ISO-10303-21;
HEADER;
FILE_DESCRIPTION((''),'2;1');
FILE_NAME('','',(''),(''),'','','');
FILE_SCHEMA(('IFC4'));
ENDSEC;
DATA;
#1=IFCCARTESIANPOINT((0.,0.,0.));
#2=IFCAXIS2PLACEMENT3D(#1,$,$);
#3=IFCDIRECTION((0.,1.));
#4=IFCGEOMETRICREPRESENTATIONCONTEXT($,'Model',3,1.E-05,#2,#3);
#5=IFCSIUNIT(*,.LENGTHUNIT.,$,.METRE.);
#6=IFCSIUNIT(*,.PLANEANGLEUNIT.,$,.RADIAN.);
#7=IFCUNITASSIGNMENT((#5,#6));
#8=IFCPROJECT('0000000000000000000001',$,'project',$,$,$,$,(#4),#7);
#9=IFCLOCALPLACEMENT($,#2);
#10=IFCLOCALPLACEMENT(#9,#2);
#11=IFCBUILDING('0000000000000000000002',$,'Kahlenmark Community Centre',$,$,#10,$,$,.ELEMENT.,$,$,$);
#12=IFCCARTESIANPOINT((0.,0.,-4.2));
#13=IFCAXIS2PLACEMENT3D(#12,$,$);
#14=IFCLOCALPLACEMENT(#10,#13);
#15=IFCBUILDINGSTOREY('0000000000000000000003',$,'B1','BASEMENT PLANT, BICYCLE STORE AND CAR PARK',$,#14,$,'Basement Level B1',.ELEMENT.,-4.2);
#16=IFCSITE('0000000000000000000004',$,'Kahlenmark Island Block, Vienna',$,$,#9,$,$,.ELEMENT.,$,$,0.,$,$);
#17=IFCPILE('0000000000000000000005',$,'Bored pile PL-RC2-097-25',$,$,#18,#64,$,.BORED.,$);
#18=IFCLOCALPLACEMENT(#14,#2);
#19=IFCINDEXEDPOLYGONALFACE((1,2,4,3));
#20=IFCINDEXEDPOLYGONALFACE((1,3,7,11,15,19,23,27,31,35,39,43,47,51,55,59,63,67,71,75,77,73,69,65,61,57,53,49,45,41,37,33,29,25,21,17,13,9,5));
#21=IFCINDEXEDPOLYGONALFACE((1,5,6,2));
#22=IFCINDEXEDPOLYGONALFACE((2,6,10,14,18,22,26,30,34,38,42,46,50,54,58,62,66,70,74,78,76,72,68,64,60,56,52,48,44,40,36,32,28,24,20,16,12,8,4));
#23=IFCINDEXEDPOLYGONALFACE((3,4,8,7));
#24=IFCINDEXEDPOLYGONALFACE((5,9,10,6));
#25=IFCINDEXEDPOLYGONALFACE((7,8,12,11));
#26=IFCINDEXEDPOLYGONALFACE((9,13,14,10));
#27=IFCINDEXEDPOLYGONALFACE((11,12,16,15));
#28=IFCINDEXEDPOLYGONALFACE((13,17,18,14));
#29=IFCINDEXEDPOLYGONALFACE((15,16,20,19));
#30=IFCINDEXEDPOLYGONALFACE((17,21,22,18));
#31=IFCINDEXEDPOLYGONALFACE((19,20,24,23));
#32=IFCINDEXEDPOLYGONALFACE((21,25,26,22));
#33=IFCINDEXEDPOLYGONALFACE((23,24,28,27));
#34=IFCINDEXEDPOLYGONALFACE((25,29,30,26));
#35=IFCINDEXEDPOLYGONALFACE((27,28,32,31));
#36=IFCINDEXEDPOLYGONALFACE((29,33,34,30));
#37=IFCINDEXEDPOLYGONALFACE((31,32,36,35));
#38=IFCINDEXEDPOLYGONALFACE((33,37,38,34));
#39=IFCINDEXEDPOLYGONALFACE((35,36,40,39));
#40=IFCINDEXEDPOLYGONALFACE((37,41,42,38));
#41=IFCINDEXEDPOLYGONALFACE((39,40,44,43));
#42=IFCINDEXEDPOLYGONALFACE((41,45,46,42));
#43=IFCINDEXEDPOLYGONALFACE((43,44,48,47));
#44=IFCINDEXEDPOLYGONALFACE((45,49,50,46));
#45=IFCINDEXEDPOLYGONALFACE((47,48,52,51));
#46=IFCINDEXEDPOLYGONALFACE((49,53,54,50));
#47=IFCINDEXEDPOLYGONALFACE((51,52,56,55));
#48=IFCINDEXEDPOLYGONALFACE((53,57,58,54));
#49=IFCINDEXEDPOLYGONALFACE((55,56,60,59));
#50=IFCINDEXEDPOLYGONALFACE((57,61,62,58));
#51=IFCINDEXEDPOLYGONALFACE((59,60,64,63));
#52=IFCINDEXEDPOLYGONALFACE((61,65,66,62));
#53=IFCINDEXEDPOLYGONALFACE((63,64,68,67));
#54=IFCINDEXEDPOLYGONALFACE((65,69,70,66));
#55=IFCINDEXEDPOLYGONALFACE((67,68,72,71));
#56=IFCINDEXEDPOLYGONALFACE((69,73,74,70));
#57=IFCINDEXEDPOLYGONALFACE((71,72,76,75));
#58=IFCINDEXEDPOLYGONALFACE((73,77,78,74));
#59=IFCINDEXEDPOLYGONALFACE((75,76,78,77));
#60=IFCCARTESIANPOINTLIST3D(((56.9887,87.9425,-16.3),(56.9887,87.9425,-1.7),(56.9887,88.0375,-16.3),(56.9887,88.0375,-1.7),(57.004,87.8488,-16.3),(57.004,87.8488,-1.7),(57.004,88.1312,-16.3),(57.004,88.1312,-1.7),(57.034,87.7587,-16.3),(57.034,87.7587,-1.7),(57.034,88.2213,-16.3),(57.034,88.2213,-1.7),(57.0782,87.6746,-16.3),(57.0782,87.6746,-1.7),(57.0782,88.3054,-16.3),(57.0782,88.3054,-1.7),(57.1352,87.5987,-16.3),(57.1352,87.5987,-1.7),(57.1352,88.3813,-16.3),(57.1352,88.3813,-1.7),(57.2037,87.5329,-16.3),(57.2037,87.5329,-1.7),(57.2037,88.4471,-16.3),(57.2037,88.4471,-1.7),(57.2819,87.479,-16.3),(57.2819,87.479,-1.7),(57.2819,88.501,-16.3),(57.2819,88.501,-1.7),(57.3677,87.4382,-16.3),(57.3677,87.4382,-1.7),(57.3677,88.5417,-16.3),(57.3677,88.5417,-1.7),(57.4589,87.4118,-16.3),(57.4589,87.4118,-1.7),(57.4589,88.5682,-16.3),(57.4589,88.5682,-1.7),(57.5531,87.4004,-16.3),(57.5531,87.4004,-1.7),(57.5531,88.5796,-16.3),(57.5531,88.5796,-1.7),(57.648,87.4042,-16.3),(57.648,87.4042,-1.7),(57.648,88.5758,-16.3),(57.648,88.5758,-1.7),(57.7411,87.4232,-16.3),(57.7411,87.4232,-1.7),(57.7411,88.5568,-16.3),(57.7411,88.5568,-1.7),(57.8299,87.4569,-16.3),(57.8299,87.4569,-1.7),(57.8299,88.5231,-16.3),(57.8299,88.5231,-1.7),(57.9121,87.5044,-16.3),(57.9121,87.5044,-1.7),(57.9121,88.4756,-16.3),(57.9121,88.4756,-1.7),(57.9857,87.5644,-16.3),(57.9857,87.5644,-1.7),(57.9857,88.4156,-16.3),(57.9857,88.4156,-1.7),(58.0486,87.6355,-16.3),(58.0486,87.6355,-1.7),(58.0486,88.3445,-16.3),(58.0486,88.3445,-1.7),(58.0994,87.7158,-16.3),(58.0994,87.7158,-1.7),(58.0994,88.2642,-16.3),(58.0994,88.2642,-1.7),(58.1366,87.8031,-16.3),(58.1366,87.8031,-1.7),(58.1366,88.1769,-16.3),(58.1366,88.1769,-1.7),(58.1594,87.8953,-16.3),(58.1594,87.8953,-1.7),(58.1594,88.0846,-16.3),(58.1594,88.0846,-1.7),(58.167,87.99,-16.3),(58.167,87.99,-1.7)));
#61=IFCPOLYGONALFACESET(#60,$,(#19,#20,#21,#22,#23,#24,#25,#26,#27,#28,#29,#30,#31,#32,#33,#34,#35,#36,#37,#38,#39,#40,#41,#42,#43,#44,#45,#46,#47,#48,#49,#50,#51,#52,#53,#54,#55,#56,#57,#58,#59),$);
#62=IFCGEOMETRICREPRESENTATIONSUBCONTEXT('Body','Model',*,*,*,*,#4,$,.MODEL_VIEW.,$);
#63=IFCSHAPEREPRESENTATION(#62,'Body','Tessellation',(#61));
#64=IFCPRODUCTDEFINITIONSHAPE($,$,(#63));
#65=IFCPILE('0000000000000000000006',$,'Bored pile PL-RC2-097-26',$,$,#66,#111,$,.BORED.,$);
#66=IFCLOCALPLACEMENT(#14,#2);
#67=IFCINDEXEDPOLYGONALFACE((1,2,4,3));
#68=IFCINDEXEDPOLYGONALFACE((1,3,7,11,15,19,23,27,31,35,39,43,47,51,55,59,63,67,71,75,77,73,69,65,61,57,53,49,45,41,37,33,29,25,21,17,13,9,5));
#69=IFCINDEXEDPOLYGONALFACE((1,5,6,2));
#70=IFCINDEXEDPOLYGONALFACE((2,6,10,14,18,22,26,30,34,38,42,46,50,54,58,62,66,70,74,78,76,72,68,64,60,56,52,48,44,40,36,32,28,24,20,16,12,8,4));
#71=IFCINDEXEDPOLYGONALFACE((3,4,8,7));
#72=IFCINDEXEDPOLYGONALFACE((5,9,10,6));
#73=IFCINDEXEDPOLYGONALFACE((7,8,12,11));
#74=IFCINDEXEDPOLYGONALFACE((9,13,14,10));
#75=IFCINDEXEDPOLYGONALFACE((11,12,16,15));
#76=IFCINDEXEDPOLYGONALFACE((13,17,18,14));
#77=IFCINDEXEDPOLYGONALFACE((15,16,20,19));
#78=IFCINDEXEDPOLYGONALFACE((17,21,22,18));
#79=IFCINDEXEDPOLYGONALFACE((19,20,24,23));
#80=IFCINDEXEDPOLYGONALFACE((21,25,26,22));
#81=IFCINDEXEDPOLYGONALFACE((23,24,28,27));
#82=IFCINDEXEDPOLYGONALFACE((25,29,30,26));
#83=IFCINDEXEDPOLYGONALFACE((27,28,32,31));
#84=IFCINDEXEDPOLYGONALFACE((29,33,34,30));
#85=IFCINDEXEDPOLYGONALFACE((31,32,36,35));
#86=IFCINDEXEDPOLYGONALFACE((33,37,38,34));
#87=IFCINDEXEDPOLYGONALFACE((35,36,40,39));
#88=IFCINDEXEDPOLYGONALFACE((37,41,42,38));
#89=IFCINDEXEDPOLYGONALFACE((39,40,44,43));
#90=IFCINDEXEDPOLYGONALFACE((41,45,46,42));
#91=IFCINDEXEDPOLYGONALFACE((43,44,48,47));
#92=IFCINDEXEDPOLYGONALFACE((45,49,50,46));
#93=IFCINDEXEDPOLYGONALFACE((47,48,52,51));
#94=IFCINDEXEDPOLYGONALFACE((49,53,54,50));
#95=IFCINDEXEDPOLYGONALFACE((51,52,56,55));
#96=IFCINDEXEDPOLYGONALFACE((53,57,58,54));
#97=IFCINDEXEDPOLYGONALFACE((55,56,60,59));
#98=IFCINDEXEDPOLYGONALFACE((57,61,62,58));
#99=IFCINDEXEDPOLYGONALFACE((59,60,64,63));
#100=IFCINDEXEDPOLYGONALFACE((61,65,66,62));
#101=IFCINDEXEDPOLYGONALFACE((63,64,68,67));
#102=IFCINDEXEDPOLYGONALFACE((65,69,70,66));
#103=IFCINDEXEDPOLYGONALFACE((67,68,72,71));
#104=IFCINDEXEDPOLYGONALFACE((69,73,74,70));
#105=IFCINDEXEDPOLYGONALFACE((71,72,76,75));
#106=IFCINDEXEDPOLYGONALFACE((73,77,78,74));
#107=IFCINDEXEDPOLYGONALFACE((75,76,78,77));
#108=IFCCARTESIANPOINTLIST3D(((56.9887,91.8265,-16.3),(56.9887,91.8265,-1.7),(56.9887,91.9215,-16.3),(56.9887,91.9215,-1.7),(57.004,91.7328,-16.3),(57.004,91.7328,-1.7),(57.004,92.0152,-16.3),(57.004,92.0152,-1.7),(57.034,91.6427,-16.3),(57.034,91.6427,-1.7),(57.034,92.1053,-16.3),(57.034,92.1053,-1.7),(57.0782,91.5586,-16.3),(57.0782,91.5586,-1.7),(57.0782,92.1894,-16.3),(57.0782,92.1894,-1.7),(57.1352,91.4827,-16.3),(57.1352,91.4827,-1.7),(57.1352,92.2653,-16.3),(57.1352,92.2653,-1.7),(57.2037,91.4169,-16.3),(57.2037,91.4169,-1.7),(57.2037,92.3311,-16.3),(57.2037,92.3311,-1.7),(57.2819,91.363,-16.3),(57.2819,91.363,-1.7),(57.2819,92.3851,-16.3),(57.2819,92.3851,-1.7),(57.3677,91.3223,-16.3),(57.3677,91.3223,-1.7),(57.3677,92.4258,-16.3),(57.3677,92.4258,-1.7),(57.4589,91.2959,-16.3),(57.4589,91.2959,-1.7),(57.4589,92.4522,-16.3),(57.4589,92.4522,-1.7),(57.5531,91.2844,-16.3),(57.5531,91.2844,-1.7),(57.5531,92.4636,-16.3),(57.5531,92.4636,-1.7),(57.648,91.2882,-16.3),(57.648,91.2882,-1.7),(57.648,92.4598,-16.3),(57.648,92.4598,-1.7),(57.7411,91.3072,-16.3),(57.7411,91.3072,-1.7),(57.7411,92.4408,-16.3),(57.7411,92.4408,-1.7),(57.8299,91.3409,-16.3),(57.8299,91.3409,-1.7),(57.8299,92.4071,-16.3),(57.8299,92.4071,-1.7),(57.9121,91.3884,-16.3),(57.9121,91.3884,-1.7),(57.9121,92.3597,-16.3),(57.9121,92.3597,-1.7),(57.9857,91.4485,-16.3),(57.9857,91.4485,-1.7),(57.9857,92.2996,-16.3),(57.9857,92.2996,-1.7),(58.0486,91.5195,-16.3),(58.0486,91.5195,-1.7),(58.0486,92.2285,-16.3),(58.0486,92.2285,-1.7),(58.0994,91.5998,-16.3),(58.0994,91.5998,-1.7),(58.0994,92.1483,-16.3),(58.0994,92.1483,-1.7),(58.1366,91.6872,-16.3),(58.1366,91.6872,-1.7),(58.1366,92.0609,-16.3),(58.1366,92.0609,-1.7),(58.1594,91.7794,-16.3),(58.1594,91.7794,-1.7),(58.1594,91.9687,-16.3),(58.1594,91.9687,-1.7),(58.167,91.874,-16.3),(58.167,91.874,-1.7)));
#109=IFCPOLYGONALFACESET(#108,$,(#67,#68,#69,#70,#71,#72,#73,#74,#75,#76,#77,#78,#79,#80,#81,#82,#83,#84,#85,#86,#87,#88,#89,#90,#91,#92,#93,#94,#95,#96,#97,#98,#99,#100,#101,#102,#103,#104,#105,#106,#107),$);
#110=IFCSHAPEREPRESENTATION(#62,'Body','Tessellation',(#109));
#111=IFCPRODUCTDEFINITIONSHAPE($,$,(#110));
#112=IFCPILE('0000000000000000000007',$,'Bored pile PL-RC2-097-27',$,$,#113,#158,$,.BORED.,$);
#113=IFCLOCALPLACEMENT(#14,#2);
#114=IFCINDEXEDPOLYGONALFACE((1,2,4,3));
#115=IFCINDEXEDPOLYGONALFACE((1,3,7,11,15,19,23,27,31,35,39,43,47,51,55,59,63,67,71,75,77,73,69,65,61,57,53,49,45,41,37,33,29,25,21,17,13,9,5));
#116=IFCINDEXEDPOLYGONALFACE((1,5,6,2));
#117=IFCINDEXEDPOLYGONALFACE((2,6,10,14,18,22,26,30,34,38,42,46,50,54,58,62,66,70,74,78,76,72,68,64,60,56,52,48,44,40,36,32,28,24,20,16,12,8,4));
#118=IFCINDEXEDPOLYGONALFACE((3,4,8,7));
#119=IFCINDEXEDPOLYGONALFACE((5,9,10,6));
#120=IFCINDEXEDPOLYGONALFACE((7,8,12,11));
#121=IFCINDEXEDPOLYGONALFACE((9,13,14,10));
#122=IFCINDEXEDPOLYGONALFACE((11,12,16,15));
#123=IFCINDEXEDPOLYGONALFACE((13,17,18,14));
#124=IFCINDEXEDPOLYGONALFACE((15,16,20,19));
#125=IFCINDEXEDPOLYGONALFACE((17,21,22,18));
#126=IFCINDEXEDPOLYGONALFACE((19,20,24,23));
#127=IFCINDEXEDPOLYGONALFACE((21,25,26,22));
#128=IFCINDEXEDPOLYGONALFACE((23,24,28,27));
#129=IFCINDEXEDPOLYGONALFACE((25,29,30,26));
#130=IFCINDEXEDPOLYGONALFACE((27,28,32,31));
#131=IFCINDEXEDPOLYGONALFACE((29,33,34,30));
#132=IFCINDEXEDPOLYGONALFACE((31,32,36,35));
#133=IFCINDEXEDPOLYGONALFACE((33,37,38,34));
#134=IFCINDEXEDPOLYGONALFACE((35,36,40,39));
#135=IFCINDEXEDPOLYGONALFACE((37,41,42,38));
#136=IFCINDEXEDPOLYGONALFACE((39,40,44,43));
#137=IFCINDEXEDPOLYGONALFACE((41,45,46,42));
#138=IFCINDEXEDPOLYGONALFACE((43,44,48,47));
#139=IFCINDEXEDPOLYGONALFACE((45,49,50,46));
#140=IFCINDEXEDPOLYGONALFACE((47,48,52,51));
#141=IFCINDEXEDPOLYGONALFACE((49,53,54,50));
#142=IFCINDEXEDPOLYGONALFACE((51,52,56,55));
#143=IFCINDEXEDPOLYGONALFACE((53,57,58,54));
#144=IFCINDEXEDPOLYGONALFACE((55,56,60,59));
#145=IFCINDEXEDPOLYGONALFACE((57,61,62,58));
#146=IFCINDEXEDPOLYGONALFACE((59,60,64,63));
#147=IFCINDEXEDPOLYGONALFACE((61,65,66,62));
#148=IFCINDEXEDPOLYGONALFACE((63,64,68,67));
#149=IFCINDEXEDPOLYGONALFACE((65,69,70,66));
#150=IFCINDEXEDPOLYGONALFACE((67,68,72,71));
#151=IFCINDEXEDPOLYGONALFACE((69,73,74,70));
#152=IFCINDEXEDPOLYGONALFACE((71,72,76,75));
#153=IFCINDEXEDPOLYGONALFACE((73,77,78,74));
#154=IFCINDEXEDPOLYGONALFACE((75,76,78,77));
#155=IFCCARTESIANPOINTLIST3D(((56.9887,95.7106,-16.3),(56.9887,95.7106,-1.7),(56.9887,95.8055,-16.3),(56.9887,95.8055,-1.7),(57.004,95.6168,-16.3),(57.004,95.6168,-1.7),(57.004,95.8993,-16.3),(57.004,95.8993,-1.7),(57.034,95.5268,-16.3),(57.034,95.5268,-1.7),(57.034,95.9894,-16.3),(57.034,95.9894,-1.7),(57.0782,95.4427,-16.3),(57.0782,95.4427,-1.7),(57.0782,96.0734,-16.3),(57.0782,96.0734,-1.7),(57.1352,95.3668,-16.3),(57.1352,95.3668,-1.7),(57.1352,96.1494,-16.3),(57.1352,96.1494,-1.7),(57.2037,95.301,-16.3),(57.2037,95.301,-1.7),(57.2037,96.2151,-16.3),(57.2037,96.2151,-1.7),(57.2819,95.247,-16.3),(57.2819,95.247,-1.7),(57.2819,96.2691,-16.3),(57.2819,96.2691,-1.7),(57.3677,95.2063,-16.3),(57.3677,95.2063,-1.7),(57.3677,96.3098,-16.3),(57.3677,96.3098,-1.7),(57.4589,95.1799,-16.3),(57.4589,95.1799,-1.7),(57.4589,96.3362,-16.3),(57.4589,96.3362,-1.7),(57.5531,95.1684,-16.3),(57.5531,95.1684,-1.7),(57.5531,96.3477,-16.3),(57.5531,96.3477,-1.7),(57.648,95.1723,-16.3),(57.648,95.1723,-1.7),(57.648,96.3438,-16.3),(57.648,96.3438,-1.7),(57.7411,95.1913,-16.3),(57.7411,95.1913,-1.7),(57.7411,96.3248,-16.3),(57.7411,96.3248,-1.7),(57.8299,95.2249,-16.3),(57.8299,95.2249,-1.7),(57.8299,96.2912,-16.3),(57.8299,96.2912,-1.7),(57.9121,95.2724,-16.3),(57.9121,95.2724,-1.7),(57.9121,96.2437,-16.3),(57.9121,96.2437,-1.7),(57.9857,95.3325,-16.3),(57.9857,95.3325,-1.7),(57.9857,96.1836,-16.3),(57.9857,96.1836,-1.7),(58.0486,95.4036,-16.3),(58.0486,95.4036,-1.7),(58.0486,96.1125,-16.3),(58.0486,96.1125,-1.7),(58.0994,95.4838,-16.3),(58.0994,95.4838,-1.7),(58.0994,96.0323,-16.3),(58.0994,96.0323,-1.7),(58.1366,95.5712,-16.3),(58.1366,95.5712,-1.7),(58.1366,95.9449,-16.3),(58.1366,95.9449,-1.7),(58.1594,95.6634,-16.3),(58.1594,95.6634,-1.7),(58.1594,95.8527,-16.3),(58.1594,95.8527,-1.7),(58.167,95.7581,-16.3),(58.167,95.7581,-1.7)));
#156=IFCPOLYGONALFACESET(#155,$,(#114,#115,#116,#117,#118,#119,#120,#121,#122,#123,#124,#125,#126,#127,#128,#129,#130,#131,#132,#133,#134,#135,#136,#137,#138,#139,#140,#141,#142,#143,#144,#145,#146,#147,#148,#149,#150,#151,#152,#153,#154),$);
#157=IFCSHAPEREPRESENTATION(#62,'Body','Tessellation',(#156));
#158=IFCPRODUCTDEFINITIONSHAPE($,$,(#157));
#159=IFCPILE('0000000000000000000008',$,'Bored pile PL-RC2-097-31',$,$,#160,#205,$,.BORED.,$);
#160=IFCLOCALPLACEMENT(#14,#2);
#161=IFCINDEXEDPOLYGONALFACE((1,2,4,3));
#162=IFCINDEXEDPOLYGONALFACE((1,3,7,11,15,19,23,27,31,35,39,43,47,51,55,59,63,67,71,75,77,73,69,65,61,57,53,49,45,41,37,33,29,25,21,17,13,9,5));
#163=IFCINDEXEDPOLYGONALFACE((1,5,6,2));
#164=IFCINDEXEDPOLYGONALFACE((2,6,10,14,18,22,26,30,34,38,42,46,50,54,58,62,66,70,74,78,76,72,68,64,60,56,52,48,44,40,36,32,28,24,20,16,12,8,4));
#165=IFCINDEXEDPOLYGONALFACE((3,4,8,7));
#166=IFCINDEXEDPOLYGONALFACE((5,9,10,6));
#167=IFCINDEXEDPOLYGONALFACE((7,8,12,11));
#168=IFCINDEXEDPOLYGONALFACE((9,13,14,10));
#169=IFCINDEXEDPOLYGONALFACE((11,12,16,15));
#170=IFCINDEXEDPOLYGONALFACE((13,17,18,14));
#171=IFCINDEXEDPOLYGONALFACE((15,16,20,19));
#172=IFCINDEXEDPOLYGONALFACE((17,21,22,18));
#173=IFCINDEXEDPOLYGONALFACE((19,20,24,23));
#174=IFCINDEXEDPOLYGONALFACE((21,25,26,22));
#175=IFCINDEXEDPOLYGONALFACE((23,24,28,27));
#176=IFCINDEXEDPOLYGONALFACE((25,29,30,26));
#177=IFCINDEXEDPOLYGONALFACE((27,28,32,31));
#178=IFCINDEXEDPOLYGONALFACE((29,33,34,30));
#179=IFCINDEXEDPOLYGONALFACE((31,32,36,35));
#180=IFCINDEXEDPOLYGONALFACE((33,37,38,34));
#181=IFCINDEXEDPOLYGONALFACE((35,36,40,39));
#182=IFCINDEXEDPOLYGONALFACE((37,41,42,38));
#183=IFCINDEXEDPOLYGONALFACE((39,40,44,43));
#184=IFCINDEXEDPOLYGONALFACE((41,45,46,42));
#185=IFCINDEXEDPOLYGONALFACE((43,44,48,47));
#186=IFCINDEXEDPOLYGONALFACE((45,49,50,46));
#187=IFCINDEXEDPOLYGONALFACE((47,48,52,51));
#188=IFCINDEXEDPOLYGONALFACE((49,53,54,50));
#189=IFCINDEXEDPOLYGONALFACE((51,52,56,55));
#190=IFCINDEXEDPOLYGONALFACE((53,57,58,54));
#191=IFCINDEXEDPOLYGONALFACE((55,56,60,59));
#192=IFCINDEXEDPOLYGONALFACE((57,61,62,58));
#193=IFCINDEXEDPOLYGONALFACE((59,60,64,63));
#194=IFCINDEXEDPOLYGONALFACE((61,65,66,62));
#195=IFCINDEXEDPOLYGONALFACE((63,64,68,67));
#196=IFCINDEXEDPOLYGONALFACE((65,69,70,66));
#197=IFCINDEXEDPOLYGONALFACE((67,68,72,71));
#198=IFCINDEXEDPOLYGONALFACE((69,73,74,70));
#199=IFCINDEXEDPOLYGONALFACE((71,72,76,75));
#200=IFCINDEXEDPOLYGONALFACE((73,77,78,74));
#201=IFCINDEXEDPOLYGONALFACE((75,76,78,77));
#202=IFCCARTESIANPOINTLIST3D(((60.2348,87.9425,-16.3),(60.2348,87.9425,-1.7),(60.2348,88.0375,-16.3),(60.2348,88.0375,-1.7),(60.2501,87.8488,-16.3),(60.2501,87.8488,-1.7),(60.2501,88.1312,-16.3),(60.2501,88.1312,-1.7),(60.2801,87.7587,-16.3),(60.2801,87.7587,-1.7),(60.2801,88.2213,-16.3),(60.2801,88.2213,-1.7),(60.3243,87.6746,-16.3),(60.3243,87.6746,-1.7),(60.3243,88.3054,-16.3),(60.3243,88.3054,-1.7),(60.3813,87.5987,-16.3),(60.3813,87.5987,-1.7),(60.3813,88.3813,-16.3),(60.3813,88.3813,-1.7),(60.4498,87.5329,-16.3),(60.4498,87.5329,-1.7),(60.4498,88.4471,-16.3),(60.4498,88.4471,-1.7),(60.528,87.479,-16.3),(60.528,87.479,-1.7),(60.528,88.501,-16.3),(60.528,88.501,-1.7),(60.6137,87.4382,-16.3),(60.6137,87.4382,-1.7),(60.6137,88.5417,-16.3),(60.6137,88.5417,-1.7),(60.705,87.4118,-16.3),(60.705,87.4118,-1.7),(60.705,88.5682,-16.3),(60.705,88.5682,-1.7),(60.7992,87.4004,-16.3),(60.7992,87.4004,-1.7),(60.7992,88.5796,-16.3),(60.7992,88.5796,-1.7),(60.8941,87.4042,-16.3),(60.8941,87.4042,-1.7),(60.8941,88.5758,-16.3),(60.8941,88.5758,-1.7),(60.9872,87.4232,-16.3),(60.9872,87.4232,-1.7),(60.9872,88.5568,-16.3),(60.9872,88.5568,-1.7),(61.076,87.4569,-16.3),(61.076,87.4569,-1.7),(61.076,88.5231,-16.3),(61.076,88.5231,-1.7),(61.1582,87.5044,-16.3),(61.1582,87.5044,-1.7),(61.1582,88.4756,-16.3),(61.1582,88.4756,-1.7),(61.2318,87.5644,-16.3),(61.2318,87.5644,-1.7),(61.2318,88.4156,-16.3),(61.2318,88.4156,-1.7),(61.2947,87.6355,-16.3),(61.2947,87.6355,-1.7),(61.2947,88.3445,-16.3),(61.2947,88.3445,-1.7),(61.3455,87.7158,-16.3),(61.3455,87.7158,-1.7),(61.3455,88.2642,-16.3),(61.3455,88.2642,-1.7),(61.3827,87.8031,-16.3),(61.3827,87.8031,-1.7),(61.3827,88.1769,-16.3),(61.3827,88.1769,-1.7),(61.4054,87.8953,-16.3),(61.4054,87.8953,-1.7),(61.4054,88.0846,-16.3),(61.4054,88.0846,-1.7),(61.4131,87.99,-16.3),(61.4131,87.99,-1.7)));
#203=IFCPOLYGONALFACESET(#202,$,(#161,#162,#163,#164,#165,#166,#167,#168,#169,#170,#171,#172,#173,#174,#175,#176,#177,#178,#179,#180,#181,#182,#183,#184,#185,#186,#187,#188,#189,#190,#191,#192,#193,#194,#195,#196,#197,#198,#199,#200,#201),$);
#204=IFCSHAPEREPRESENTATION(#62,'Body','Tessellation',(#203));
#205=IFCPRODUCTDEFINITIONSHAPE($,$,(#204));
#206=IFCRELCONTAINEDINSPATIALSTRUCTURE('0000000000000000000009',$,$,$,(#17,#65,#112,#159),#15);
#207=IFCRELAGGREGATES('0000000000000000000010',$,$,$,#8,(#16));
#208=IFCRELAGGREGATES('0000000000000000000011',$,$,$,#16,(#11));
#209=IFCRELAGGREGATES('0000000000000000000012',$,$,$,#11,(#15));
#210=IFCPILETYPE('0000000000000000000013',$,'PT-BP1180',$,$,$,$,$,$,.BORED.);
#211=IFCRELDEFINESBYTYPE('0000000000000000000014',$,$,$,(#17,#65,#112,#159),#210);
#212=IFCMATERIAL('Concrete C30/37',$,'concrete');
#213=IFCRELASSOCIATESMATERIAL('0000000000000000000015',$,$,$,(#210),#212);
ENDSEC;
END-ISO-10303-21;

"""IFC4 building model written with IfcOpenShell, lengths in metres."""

from ifc_helpers import new_model, si_unit, direction, frame, origin, origin_2d, place, context, subcontext, project, spatial, circle, extrude, material, material_profile, profile_set, type_object, element, save


model = new_model("IFC4")

# Units and contexts
model_context = context("Model", 3, precision=1e-05, world=origin(), true_north=direction((0.0, 1.0)))
body_context = subcontext(model_context, "Body", "Model", "MODEL_VIEW")
ifc_project = project(units=[si_unit("LENGTHUNIT", "METRE"), si_unit("PLANEANGLEUNIT", "RADIAN")], contexts=[model_context])

# Site, building, storey
site_placement = place(None, origin())
site = spatial("IfcSite", under=ifc_project, at=site_placement, Name="Kahlenmark Island Block, Vienna", CompositionType="ELEMENT", RefElevation=0.0)
building_placement = place(site_placement, origin())
building = spatial("IfcBuilding", under=site, at=building_placement, Name="Kahlenmark Community Centre", CompositionType="ELEMENT")
storey_placement = place(building_placement, frame((0.0, 0.0, -4.2)))
storey = spatial("IfcBuildingStorey", under=building, at=storey_placement, Name="B1", Description="BASEMENT PLANT, BICYCLE STORE AND CAR PARK", LongName="Basement Level B1", CompositionType="ELEMENT", Elevation=-4.2)

# Shared definitions
ifc_material_1 = material(Name="Concrete C30/37", Category="concrete")

# Piles
ifc_material_profile_1 = material_profile(ifc_material_1, circle(Radius=0.5901, at=origin_2d()), Name="BORED PILE 1180")
ifc_profile_set_1 = profile_set([ifc_material_profile_1], Name="Concrete C30/37")
pile_type = type_object("IfcPileType", Name="PT-BP1180", PredefinedType="BORED", material=ifc_profile_set_1)
for number, where, z_axis, x_axis, name in (
    (1, (57.5769, 87.99, -1.7), (0.0, 0.0, -1.0), (1.0, 0.0, 0.0), "Bored pile PL-RC2-097-25"),
    (2, (57.5769, 91.874, -1.7), (0.0, 0.0, -1.0), (1.0, 0.0, 0.0), "Bored pile PL-RC2-097-26"),
    (3, (57.5769, 95.7581, -1.7), (0.0, 0.0, -1.0), (1.0, 0.0, 0.0), "Bored pile PL-RC2-097-27"),
    (4, (60.823, 87.99, -1.7), (0.0, 0.0, -1.0), (1.0, 0.0, 0.0), "Bored pile PL-RC2-097-31"),
):
    element("IfcPile", number, at=place(storey_placement, frame(where, z_axis=z_axis, x_axis=x_axis)), inside=storey, type_object=pile_type, Name=name, PredefinedType="BORED", context=body_context, shape_type="SweptSolid", body=[
        extrude(circle(Radius=0.5901, at=origin_2d()), origin(), (0.0, 0.0, 1.0), 14.6001),
    ])

save(model, "model.ifc")
